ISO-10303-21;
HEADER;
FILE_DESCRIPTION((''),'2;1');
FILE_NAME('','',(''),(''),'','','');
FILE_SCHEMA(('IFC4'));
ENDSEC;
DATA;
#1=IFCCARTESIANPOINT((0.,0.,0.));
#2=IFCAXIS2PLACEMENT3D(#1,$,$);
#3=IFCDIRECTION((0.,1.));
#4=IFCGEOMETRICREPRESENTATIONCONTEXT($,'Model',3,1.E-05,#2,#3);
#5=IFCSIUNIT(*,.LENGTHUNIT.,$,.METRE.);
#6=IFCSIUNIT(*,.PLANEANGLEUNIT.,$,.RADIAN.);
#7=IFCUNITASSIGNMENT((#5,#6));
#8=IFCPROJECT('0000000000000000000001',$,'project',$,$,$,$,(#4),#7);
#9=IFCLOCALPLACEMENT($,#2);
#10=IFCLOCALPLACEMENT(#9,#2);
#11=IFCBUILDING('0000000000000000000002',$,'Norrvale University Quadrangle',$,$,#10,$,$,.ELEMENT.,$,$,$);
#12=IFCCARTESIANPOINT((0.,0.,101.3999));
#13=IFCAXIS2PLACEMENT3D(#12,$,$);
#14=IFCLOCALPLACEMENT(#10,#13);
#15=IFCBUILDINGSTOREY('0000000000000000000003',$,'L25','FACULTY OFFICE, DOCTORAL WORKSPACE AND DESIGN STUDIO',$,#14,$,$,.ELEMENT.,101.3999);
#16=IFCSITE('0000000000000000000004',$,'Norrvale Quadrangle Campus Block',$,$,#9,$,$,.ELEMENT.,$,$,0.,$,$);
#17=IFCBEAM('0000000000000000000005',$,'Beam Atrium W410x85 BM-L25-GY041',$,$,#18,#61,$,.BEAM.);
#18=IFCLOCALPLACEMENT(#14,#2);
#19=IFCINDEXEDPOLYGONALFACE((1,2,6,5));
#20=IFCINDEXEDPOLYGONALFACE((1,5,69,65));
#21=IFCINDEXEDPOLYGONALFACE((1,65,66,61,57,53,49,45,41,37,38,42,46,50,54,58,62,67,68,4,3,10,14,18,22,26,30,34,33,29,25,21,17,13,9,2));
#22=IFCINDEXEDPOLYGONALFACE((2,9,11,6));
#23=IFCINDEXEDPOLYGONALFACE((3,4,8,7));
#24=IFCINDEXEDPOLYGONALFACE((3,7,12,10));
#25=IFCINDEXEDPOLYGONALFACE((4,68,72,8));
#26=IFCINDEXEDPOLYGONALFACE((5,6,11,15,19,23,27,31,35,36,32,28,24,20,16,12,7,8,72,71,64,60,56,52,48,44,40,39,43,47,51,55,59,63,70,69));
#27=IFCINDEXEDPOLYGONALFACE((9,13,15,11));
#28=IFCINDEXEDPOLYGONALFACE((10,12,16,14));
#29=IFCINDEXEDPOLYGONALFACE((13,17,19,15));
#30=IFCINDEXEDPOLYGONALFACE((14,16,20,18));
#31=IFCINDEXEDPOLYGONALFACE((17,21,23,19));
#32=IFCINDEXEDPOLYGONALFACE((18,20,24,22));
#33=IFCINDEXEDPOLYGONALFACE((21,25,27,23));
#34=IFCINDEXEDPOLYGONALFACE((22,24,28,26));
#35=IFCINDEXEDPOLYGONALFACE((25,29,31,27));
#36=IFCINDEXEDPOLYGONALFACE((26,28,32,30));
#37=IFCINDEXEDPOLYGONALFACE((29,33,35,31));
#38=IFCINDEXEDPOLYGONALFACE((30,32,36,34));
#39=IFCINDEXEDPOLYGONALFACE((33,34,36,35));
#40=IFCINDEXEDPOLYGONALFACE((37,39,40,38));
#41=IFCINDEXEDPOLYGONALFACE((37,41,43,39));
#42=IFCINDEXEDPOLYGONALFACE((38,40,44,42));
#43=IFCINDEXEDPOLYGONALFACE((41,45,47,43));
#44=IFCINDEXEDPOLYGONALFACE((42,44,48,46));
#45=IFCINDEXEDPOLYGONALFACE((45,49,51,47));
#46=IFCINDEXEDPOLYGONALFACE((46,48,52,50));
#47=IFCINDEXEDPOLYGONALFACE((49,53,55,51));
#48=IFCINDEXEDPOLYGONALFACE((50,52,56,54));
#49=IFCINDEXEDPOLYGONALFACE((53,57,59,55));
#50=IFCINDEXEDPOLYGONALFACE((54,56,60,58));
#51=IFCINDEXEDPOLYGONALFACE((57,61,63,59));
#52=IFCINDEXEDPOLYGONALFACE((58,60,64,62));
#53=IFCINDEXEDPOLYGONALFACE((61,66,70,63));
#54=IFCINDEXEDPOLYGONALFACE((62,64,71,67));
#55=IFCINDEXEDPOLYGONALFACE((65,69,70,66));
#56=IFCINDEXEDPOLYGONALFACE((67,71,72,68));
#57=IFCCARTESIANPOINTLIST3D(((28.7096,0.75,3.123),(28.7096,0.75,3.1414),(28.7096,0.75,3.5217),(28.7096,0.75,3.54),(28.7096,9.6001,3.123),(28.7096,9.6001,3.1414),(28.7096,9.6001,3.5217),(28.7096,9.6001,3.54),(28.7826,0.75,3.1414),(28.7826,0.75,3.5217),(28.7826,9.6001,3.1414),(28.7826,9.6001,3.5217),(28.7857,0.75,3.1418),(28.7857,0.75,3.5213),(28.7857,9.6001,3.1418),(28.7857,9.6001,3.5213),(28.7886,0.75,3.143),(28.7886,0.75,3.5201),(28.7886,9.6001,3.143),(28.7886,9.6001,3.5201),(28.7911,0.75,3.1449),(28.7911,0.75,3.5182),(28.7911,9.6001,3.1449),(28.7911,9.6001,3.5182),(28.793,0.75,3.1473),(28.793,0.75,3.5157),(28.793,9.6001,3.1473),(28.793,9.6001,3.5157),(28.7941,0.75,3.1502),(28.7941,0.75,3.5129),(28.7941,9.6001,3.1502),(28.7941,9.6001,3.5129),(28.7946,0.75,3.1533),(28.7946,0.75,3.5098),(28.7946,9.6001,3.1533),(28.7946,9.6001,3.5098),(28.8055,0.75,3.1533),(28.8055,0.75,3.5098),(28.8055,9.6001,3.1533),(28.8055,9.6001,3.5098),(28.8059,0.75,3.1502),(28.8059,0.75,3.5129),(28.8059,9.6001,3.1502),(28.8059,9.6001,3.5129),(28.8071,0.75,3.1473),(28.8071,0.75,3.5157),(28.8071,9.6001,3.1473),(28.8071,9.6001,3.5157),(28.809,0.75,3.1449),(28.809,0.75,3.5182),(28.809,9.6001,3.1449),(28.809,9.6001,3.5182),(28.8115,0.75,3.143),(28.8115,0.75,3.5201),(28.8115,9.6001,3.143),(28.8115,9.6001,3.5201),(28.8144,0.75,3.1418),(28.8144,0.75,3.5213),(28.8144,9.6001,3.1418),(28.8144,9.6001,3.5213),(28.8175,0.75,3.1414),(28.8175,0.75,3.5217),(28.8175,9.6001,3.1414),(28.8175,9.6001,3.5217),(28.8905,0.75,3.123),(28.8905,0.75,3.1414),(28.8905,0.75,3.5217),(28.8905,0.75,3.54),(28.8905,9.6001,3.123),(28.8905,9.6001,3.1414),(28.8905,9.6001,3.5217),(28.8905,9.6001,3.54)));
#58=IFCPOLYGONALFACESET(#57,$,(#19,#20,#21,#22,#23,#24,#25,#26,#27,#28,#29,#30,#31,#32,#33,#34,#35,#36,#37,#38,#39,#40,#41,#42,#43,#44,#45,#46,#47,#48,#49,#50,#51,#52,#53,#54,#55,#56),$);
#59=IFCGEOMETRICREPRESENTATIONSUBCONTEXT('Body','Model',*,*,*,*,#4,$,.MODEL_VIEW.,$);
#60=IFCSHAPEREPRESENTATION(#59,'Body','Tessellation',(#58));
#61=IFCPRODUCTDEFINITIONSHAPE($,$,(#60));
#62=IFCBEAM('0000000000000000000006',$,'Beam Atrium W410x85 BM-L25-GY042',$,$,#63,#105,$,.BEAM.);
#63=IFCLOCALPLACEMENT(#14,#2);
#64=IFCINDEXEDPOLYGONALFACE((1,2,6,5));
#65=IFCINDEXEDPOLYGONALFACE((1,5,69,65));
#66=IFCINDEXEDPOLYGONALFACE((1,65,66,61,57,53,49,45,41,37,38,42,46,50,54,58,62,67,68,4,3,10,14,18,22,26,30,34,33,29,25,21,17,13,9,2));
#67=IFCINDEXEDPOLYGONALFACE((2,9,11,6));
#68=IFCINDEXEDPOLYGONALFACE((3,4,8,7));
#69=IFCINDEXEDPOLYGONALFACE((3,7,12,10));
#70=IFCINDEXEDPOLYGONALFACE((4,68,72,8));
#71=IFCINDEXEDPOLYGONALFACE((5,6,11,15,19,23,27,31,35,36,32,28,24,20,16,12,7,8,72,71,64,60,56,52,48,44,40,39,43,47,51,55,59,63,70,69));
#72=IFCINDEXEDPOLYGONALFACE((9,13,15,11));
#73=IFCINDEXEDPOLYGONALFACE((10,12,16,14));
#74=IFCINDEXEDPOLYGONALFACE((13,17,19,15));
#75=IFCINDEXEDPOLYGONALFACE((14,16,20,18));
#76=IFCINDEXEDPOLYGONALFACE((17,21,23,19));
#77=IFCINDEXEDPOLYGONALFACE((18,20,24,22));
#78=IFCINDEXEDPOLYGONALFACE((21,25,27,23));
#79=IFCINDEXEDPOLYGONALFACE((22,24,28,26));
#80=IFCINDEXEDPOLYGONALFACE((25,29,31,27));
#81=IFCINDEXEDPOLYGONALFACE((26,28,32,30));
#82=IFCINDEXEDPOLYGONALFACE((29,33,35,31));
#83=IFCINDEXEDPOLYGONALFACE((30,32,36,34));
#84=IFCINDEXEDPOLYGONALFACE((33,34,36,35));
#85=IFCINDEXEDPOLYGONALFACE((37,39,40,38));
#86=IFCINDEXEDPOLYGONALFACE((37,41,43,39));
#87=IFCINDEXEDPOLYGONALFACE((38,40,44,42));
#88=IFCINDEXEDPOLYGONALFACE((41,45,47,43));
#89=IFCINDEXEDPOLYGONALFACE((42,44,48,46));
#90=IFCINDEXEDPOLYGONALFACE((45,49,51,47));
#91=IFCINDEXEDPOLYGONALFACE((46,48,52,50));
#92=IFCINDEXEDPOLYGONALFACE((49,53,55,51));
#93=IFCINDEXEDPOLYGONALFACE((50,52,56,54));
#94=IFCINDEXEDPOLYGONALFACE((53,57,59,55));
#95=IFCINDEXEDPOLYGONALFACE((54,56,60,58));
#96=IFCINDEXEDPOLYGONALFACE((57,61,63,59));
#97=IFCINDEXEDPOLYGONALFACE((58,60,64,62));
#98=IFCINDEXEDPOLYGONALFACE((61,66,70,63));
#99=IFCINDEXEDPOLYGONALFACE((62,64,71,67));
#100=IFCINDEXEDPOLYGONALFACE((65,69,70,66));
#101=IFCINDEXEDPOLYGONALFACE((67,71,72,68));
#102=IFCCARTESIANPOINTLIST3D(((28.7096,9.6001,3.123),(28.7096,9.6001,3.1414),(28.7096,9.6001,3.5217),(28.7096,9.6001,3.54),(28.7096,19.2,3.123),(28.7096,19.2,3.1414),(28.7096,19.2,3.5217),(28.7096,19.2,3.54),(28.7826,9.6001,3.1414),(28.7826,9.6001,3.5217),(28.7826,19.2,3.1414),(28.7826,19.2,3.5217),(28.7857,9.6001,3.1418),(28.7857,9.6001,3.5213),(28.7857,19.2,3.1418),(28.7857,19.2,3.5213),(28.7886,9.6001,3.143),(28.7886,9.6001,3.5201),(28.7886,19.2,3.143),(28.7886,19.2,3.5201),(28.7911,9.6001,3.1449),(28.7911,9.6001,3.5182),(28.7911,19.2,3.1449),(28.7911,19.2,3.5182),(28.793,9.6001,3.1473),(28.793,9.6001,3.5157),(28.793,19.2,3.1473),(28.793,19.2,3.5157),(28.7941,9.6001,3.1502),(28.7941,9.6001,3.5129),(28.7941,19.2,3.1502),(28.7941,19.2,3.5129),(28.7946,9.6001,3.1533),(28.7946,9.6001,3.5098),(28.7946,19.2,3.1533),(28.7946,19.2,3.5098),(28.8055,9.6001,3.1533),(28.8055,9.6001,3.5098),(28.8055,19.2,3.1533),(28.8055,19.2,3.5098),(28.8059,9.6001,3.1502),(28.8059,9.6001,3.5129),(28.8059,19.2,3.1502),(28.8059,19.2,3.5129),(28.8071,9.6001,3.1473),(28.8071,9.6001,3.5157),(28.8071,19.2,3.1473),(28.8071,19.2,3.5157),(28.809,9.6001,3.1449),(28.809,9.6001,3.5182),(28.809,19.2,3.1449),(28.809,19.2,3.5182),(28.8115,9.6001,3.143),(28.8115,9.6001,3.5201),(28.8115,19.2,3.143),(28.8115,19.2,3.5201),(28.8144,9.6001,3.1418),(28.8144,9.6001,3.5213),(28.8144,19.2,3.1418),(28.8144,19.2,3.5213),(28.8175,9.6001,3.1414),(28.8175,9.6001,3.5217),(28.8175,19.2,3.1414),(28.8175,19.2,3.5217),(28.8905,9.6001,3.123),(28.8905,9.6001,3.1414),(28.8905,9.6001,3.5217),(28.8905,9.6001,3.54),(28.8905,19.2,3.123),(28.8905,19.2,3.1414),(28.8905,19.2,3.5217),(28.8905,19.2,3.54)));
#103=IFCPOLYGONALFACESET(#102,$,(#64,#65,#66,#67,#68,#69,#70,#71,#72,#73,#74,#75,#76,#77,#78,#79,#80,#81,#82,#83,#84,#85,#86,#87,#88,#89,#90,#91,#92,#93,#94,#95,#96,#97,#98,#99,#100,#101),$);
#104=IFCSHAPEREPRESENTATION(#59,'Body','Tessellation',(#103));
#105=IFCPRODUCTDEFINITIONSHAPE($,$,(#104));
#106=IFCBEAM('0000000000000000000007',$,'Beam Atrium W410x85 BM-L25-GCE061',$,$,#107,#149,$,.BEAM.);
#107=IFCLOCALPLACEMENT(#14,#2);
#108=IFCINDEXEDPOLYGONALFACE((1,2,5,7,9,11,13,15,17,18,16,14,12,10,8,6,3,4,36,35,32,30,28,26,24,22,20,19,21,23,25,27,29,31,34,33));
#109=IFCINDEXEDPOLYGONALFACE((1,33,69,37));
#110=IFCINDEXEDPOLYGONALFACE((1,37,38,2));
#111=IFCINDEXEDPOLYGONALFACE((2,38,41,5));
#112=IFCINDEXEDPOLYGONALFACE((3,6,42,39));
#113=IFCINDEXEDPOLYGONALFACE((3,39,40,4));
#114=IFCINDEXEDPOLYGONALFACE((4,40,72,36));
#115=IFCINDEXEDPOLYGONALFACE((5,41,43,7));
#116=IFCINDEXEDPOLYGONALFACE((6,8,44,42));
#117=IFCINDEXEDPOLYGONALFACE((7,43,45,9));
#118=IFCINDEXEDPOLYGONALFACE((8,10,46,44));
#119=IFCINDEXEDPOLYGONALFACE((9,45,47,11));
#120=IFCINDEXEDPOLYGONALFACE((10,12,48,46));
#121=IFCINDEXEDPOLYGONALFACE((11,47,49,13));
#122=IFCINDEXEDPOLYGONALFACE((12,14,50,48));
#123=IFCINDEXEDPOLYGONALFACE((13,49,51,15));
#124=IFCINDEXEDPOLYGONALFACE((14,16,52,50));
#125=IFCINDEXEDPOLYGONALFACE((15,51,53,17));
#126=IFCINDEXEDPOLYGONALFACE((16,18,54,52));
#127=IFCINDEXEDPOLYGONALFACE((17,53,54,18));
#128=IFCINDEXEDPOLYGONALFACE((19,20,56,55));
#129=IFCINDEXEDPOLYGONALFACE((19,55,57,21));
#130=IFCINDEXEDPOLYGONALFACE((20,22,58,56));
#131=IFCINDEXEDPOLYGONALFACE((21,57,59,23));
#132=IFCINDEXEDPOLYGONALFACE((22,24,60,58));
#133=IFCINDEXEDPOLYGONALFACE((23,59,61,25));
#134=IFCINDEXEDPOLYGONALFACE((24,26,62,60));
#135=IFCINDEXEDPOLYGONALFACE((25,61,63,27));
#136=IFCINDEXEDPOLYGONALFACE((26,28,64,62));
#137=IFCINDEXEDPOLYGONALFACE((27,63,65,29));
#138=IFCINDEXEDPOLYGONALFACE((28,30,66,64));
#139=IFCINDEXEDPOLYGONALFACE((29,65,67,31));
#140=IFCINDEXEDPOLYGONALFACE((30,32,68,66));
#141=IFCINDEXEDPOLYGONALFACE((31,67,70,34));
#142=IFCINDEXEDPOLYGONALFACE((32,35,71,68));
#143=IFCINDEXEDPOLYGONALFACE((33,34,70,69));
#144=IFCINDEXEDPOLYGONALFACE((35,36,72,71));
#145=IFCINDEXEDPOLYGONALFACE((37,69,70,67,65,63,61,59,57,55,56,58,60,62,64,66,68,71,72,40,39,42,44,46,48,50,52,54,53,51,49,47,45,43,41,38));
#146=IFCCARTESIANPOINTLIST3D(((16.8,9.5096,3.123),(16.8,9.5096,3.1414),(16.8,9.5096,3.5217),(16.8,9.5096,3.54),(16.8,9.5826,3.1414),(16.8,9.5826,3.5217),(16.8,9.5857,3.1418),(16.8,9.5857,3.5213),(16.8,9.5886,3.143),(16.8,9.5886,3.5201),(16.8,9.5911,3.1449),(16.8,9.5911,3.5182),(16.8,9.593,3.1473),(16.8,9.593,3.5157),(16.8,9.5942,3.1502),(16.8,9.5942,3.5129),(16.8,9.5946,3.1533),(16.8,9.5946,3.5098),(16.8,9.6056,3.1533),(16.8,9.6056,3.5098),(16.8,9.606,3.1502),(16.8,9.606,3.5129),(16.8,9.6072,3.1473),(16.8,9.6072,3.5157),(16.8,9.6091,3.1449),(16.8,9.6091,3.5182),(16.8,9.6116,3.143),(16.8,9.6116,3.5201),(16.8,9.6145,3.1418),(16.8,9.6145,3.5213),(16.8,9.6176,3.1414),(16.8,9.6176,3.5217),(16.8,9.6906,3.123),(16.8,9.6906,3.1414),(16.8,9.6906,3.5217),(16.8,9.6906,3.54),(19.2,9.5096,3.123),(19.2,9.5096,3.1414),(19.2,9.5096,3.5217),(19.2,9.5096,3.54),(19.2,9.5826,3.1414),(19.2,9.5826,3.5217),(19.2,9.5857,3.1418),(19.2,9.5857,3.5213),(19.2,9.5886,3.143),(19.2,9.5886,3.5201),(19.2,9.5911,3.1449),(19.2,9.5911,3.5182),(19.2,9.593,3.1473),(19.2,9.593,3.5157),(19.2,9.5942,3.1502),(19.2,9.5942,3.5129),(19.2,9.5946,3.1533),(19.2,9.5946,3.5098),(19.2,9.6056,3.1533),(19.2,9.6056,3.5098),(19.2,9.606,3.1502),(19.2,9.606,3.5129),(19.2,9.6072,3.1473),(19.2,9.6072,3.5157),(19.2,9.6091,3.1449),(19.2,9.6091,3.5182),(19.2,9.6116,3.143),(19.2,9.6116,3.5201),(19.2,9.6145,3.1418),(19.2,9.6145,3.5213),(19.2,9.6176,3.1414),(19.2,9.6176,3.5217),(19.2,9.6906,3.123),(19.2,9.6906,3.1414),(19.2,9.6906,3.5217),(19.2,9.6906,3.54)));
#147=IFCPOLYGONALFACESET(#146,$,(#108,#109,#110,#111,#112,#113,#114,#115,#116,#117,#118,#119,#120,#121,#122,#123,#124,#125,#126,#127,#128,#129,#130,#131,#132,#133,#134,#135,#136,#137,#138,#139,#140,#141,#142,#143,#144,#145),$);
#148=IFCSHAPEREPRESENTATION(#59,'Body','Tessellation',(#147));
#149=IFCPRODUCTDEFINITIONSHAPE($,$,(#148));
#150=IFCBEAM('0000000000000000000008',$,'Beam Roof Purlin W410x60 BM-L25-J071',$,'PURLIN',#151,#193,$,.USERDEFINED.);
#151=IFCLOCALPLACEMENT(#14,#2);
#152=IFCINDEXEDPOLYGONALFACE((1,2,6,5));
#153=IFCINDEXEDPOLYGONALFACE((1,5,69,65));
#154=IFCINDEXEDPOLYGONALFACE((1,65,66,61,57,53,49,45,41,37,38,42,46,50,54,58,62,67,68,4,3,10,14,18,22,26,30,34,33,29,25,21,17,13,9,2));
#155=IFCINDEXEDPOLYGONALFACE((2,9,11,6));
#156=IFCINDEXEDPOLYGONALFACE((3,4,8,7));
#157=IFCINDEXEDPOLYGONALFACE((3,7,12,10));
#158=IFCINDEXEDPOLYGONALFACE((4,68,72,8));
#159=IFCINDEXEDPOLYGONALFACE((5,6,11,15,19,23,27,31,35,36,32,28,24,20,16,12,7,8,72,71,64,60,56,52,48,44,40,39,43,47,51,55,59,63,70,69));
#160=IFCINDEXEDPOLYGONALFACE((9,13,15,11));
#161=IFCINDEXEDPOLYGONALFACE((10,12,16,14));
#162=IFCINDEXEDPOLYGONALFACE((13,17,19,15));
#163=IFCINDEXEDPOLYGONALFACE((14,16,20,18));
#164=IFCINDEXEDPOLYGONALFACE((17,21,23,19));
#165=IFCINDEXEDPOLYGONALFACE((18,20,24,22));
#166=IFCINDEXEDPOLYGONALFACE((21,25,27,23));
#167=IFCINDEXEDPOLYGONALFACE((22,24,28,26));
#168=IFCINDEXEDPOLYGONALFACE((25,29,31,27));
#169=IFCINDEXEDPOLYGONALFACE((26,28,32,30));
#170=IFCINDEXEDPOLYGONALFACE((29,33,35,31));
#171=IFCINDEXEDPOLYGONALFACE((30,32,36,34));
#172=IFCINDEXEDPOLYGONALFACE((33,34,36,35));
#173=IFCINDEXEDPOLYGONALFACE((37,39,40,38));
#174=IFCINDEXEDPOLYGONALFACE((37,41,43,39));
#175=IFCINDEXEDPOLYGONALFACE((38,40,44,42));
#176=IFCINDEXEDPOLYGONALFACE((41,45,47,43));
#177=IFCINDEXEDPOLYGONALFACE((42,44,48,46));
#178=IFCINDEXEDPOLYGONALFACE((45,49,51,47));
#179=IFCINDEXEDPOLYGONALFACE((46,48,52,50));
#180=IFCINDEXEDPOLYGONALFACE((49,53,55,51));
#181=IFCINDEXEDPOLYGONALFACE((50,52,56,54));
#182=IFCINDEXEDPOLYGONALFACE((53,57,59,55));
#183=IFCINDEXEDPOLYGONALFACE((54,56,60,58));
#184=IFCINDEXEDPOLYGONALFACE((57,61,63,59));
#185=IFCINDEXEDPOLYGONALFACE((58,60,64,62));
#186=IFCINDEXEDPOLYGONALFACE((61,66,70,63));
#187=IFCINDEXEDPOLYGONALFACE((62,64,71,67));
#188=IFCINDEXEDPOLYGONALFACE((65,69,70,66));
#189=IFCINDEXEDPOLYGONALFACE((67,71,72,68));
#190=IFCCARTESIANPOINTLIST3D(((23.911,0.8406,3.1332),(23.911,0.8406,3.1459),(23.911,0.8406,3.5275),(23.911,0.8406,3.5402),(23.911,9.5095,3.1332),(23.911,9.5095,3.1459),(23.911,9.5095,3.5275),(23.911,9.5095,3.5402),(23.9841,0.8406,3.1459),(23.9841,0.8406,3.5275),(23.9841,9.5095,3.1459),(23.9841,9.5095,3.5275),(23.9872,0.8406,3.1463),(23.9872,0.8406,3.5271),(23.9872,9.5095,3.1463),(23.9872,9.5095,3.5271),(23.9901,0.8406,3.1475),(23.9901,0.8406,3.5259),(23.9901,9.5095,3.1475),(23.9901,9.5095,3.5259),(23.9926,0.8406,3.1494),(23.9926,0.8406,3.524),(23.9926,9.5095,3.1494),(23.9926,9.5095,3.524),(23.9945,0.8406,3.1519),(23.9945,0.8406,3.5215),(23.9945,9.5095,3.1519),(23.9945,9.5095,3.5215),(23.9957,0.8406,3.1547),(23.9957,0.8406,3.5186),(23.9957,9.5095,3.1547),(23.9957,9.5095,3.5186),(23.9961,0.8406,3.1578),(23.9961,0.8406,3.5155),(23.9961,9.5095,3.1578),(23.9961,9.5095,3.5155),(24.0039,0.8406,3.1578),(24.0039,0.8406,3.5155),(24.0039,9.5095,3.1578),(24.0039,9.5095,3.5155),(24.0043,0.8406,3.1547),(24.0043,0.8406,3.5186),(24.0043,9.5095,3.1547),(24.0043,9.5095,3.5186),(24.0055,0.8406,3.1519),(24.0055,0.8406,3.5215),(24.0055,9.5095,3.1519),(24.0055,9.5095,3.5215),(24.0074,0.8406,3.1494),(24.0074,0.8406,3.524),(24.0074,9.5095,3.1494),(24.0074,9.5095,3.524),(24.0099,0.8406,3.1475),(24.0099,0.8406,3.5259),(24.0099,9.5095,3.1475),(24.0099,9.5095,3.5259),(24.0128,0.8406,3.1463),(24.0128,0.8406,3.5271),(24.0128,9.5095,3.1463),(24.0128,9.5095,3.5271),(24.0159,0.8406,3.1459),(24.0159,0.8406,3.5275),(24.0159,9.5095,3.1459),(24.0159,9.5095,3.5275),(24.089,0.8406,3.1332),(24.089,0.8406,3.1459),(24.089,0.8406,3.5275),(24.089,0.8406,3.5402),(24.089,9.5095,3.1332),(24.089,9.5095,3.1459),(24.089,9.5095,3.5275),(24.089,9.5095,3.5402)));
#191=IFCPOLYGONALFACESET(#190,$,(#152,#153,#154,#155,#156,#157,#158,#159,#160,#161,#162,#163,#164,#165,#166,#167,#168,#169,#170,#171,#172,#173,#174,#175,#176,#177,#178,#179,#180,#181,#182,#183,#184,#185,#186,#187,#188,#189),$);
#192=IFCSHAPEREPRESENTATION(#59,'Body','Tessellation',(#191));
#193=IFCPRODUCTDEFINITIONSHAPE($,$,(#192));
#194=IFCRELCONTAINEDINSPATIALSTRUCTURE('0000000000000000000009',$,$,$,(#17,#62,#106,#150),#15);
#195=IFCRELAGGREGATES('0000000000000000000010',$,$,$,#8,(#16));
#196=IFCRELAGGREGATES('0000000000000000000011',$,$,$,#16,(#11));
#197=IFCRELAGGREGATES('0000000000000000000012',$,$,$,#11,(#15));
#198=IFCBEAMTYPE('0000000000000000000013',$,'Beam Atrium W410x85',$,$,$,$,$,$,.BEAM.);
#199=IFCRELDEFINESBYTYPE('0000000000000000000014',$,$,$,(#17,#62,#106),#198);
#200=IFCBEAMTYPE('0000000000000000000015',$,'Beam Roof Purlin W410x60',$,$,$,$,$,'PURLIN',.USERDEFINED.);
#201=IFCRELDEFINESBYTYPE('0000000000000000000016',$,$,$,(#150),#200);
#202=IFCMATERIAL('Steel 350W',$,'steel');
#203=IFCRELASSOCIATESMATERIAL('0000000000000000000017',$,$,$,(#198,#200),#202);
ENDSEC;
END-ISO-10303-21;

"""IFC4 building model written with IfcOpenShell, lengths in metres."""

from ifc_helpers import new_model, si_unit, direction, frame, origin, origin_2d, place, context, subcontext, project, spatial, i_section, extrude, material, material_profile, profile_set, type_object, element, save


model = new_model("IFC4")

# Units and contexts
model_context = context("Model", 3, precision=1e-05, world=origin(), true_north=direction((0.0, 1.0)))
body_context = subcontext(model_context, "Body", "Model", "MODEL_VIEW")
ifc_project = project(units=[si_unit("LENGTHUNIT", "METRE"), si_unit("PLANEANGLEUNIT", "RADIAN")], contexts=[model_context])

# Site, building, storey
site_placement = place(None, origin())
site = spatial("IfcSite", under=ifc_project, at=site_placement, Name="Norrvale Quadrangle Campus Block", CompositionType="ELEMENT", RefElevation=0.0)
building_placement = place(site_placement, origin())
building = spatial("IfcBuilding", under=site, at=building_placement, Name="Norrvale University Quadrangle", CompositionType="ELEMENT")
storey_placement = place(building_placement, frame((0.0, 0.0, 101.3999)))
storey = spatial("IfcBuildingStorey", under=building, at=storey_placement, Name="L25", Description="FACULTY OFFICE, DOCTORAL WORKSPACE AND DESIGN STUDIO", CompositionType="ELEMENT", Elevation=101.3999)

# Beams
ifc_material_1 = material(Name="Steel 350W", Category="steel")
ifc_material_profile_1 = material_profile(ifc_material_1, i_section(OverallWidth=0.1809, OverallDepth=0.417, WebThickness=0.011, FlangeThickness=0.0183, FilletRadius=0.012, at=origin_2d()), Name="Steel 350W")
ifc_profile_set_1 = profile_set([ifc_material_profile_1], Name="Steel 350W")
beam_type_1 = type_object("IfcBeamType", Name="Beam Atrium W410x85", PredefinedType="BEAM", material=ifc_profile_set_1)
beam_1_placement = place(storey_placement, frame((28.8, 0.75, 3.3315), z_axis=(0.0, 1.0, 0.0), x_axis=(-1.0, 0.0, 0.0)))
element("IfcBeam", 1, at=beam_1_placement, inside=storey, type_object=beam_type_1, Name="Beam Atrium W410x85 BM-L25-GY041", PredefinedType="BEAM", context=body_context, shape_type="SweptSolid", body=[
    extrude(i_section(OverallWidth=0.1809, OverallDepth=0.417, WebThickness=0.011, FlangeThickness=0.0183, FilletRadius=0.012, at=origin_2d()), origin(), (0.0, 0.0, 1.0), 8.8501),
])
beam_2_placement = place(storey_placement, frame((28.8, 9.6001, 3.3315), z_axis=(0.0, 1.0, 0.0), x_axis=(-1.0, 0.0, 0.0)))
element("IfcBeam", 2, at=beam_2_placement, inside=storey, type_object=beam_type_1, Name="Beam Atrium W410x85 BM-L25-GY042", PredefinedType="BEAM", context=body_context, shape_type="SweptSolid", body=[
    extrude(i_section(OverallWidth=0.1809, OverallDepth=0.417, WebThickness=0.011, FlangeThickness=0.0183, FilletRadius=0.012, at=origin_2d()), origin(), (0.0, 0.0, 1.0), 9.5999),
])
beam_3_placement = place(storey_placement, frame((16.8, 9.6001, 3.3315), z_axis=(1.0, 0.0, 0.0), x_axis=(0.0, 1.0, 0.0)))
element("IfcBeam", 3, at=beam_3_placement, inside=storey, type_object=beam_type_1, Name="Beam Atrium W410x85 BM-L25-GCE061", PredefinedType="BEAM", context=body_context, shape_type="SweptSolid", body=[
    extrude(i_section(OverallWidth=0.1809, OverallDepth=0.417, WebThickness=0.011, FlangeThickness=0.0183, FilletRadius=0.012, at=origin_2d()), origin(), (0.0, 0.0, 1.0), 2.3999),
])
ifc_material_profile_2 = material_profile(ifc_material_1, i_section(OverallWidth=0.178, OverallDepth=0.407, WebThickness=0.0078, FlangeThickness=0.0127, FilletRadius=0.012, at=origin_2d()), Name="Steel 350W")
ifc_profile_set_2 = profile_set([ifc_material_profile_2], Name="Steel 350W")
beam_type_2 = type_object("IfcBeamType", Name="Beam Roof Purlin W410x60", ElementType="PURLIN", PredefinedType="USERDEFINED", material=ifc_profile_set_2)
beam_4_placement = place(storey_placement, frame((24.0, 0.8406, 3.3367), z_axis=(0.0, 1.0, 0.0), x_axis=(-1.0, 0.0, 0.0)))
element("IfcBeam", 4, at=beam_4_placement, inside=storey, type_object=beam_type_2, Name="Beam Roof Purlin W410x60 BM-L25-J071", ObjectType="PURLIN", PredefinedType="USERDEFINED", context=body_context, shape_type="SweptSolid", body=[
    extrude(i_section(OverallWidth=0.178, OverallDepth=0.407, WebThickness=0.0078, FlangeThickness=0.0127, FilletRadius=0.012, at=origin_2d()), origin(), (0.0, 0.0, 1.0), 8.6689),
])

save(model, "model.ifc")
